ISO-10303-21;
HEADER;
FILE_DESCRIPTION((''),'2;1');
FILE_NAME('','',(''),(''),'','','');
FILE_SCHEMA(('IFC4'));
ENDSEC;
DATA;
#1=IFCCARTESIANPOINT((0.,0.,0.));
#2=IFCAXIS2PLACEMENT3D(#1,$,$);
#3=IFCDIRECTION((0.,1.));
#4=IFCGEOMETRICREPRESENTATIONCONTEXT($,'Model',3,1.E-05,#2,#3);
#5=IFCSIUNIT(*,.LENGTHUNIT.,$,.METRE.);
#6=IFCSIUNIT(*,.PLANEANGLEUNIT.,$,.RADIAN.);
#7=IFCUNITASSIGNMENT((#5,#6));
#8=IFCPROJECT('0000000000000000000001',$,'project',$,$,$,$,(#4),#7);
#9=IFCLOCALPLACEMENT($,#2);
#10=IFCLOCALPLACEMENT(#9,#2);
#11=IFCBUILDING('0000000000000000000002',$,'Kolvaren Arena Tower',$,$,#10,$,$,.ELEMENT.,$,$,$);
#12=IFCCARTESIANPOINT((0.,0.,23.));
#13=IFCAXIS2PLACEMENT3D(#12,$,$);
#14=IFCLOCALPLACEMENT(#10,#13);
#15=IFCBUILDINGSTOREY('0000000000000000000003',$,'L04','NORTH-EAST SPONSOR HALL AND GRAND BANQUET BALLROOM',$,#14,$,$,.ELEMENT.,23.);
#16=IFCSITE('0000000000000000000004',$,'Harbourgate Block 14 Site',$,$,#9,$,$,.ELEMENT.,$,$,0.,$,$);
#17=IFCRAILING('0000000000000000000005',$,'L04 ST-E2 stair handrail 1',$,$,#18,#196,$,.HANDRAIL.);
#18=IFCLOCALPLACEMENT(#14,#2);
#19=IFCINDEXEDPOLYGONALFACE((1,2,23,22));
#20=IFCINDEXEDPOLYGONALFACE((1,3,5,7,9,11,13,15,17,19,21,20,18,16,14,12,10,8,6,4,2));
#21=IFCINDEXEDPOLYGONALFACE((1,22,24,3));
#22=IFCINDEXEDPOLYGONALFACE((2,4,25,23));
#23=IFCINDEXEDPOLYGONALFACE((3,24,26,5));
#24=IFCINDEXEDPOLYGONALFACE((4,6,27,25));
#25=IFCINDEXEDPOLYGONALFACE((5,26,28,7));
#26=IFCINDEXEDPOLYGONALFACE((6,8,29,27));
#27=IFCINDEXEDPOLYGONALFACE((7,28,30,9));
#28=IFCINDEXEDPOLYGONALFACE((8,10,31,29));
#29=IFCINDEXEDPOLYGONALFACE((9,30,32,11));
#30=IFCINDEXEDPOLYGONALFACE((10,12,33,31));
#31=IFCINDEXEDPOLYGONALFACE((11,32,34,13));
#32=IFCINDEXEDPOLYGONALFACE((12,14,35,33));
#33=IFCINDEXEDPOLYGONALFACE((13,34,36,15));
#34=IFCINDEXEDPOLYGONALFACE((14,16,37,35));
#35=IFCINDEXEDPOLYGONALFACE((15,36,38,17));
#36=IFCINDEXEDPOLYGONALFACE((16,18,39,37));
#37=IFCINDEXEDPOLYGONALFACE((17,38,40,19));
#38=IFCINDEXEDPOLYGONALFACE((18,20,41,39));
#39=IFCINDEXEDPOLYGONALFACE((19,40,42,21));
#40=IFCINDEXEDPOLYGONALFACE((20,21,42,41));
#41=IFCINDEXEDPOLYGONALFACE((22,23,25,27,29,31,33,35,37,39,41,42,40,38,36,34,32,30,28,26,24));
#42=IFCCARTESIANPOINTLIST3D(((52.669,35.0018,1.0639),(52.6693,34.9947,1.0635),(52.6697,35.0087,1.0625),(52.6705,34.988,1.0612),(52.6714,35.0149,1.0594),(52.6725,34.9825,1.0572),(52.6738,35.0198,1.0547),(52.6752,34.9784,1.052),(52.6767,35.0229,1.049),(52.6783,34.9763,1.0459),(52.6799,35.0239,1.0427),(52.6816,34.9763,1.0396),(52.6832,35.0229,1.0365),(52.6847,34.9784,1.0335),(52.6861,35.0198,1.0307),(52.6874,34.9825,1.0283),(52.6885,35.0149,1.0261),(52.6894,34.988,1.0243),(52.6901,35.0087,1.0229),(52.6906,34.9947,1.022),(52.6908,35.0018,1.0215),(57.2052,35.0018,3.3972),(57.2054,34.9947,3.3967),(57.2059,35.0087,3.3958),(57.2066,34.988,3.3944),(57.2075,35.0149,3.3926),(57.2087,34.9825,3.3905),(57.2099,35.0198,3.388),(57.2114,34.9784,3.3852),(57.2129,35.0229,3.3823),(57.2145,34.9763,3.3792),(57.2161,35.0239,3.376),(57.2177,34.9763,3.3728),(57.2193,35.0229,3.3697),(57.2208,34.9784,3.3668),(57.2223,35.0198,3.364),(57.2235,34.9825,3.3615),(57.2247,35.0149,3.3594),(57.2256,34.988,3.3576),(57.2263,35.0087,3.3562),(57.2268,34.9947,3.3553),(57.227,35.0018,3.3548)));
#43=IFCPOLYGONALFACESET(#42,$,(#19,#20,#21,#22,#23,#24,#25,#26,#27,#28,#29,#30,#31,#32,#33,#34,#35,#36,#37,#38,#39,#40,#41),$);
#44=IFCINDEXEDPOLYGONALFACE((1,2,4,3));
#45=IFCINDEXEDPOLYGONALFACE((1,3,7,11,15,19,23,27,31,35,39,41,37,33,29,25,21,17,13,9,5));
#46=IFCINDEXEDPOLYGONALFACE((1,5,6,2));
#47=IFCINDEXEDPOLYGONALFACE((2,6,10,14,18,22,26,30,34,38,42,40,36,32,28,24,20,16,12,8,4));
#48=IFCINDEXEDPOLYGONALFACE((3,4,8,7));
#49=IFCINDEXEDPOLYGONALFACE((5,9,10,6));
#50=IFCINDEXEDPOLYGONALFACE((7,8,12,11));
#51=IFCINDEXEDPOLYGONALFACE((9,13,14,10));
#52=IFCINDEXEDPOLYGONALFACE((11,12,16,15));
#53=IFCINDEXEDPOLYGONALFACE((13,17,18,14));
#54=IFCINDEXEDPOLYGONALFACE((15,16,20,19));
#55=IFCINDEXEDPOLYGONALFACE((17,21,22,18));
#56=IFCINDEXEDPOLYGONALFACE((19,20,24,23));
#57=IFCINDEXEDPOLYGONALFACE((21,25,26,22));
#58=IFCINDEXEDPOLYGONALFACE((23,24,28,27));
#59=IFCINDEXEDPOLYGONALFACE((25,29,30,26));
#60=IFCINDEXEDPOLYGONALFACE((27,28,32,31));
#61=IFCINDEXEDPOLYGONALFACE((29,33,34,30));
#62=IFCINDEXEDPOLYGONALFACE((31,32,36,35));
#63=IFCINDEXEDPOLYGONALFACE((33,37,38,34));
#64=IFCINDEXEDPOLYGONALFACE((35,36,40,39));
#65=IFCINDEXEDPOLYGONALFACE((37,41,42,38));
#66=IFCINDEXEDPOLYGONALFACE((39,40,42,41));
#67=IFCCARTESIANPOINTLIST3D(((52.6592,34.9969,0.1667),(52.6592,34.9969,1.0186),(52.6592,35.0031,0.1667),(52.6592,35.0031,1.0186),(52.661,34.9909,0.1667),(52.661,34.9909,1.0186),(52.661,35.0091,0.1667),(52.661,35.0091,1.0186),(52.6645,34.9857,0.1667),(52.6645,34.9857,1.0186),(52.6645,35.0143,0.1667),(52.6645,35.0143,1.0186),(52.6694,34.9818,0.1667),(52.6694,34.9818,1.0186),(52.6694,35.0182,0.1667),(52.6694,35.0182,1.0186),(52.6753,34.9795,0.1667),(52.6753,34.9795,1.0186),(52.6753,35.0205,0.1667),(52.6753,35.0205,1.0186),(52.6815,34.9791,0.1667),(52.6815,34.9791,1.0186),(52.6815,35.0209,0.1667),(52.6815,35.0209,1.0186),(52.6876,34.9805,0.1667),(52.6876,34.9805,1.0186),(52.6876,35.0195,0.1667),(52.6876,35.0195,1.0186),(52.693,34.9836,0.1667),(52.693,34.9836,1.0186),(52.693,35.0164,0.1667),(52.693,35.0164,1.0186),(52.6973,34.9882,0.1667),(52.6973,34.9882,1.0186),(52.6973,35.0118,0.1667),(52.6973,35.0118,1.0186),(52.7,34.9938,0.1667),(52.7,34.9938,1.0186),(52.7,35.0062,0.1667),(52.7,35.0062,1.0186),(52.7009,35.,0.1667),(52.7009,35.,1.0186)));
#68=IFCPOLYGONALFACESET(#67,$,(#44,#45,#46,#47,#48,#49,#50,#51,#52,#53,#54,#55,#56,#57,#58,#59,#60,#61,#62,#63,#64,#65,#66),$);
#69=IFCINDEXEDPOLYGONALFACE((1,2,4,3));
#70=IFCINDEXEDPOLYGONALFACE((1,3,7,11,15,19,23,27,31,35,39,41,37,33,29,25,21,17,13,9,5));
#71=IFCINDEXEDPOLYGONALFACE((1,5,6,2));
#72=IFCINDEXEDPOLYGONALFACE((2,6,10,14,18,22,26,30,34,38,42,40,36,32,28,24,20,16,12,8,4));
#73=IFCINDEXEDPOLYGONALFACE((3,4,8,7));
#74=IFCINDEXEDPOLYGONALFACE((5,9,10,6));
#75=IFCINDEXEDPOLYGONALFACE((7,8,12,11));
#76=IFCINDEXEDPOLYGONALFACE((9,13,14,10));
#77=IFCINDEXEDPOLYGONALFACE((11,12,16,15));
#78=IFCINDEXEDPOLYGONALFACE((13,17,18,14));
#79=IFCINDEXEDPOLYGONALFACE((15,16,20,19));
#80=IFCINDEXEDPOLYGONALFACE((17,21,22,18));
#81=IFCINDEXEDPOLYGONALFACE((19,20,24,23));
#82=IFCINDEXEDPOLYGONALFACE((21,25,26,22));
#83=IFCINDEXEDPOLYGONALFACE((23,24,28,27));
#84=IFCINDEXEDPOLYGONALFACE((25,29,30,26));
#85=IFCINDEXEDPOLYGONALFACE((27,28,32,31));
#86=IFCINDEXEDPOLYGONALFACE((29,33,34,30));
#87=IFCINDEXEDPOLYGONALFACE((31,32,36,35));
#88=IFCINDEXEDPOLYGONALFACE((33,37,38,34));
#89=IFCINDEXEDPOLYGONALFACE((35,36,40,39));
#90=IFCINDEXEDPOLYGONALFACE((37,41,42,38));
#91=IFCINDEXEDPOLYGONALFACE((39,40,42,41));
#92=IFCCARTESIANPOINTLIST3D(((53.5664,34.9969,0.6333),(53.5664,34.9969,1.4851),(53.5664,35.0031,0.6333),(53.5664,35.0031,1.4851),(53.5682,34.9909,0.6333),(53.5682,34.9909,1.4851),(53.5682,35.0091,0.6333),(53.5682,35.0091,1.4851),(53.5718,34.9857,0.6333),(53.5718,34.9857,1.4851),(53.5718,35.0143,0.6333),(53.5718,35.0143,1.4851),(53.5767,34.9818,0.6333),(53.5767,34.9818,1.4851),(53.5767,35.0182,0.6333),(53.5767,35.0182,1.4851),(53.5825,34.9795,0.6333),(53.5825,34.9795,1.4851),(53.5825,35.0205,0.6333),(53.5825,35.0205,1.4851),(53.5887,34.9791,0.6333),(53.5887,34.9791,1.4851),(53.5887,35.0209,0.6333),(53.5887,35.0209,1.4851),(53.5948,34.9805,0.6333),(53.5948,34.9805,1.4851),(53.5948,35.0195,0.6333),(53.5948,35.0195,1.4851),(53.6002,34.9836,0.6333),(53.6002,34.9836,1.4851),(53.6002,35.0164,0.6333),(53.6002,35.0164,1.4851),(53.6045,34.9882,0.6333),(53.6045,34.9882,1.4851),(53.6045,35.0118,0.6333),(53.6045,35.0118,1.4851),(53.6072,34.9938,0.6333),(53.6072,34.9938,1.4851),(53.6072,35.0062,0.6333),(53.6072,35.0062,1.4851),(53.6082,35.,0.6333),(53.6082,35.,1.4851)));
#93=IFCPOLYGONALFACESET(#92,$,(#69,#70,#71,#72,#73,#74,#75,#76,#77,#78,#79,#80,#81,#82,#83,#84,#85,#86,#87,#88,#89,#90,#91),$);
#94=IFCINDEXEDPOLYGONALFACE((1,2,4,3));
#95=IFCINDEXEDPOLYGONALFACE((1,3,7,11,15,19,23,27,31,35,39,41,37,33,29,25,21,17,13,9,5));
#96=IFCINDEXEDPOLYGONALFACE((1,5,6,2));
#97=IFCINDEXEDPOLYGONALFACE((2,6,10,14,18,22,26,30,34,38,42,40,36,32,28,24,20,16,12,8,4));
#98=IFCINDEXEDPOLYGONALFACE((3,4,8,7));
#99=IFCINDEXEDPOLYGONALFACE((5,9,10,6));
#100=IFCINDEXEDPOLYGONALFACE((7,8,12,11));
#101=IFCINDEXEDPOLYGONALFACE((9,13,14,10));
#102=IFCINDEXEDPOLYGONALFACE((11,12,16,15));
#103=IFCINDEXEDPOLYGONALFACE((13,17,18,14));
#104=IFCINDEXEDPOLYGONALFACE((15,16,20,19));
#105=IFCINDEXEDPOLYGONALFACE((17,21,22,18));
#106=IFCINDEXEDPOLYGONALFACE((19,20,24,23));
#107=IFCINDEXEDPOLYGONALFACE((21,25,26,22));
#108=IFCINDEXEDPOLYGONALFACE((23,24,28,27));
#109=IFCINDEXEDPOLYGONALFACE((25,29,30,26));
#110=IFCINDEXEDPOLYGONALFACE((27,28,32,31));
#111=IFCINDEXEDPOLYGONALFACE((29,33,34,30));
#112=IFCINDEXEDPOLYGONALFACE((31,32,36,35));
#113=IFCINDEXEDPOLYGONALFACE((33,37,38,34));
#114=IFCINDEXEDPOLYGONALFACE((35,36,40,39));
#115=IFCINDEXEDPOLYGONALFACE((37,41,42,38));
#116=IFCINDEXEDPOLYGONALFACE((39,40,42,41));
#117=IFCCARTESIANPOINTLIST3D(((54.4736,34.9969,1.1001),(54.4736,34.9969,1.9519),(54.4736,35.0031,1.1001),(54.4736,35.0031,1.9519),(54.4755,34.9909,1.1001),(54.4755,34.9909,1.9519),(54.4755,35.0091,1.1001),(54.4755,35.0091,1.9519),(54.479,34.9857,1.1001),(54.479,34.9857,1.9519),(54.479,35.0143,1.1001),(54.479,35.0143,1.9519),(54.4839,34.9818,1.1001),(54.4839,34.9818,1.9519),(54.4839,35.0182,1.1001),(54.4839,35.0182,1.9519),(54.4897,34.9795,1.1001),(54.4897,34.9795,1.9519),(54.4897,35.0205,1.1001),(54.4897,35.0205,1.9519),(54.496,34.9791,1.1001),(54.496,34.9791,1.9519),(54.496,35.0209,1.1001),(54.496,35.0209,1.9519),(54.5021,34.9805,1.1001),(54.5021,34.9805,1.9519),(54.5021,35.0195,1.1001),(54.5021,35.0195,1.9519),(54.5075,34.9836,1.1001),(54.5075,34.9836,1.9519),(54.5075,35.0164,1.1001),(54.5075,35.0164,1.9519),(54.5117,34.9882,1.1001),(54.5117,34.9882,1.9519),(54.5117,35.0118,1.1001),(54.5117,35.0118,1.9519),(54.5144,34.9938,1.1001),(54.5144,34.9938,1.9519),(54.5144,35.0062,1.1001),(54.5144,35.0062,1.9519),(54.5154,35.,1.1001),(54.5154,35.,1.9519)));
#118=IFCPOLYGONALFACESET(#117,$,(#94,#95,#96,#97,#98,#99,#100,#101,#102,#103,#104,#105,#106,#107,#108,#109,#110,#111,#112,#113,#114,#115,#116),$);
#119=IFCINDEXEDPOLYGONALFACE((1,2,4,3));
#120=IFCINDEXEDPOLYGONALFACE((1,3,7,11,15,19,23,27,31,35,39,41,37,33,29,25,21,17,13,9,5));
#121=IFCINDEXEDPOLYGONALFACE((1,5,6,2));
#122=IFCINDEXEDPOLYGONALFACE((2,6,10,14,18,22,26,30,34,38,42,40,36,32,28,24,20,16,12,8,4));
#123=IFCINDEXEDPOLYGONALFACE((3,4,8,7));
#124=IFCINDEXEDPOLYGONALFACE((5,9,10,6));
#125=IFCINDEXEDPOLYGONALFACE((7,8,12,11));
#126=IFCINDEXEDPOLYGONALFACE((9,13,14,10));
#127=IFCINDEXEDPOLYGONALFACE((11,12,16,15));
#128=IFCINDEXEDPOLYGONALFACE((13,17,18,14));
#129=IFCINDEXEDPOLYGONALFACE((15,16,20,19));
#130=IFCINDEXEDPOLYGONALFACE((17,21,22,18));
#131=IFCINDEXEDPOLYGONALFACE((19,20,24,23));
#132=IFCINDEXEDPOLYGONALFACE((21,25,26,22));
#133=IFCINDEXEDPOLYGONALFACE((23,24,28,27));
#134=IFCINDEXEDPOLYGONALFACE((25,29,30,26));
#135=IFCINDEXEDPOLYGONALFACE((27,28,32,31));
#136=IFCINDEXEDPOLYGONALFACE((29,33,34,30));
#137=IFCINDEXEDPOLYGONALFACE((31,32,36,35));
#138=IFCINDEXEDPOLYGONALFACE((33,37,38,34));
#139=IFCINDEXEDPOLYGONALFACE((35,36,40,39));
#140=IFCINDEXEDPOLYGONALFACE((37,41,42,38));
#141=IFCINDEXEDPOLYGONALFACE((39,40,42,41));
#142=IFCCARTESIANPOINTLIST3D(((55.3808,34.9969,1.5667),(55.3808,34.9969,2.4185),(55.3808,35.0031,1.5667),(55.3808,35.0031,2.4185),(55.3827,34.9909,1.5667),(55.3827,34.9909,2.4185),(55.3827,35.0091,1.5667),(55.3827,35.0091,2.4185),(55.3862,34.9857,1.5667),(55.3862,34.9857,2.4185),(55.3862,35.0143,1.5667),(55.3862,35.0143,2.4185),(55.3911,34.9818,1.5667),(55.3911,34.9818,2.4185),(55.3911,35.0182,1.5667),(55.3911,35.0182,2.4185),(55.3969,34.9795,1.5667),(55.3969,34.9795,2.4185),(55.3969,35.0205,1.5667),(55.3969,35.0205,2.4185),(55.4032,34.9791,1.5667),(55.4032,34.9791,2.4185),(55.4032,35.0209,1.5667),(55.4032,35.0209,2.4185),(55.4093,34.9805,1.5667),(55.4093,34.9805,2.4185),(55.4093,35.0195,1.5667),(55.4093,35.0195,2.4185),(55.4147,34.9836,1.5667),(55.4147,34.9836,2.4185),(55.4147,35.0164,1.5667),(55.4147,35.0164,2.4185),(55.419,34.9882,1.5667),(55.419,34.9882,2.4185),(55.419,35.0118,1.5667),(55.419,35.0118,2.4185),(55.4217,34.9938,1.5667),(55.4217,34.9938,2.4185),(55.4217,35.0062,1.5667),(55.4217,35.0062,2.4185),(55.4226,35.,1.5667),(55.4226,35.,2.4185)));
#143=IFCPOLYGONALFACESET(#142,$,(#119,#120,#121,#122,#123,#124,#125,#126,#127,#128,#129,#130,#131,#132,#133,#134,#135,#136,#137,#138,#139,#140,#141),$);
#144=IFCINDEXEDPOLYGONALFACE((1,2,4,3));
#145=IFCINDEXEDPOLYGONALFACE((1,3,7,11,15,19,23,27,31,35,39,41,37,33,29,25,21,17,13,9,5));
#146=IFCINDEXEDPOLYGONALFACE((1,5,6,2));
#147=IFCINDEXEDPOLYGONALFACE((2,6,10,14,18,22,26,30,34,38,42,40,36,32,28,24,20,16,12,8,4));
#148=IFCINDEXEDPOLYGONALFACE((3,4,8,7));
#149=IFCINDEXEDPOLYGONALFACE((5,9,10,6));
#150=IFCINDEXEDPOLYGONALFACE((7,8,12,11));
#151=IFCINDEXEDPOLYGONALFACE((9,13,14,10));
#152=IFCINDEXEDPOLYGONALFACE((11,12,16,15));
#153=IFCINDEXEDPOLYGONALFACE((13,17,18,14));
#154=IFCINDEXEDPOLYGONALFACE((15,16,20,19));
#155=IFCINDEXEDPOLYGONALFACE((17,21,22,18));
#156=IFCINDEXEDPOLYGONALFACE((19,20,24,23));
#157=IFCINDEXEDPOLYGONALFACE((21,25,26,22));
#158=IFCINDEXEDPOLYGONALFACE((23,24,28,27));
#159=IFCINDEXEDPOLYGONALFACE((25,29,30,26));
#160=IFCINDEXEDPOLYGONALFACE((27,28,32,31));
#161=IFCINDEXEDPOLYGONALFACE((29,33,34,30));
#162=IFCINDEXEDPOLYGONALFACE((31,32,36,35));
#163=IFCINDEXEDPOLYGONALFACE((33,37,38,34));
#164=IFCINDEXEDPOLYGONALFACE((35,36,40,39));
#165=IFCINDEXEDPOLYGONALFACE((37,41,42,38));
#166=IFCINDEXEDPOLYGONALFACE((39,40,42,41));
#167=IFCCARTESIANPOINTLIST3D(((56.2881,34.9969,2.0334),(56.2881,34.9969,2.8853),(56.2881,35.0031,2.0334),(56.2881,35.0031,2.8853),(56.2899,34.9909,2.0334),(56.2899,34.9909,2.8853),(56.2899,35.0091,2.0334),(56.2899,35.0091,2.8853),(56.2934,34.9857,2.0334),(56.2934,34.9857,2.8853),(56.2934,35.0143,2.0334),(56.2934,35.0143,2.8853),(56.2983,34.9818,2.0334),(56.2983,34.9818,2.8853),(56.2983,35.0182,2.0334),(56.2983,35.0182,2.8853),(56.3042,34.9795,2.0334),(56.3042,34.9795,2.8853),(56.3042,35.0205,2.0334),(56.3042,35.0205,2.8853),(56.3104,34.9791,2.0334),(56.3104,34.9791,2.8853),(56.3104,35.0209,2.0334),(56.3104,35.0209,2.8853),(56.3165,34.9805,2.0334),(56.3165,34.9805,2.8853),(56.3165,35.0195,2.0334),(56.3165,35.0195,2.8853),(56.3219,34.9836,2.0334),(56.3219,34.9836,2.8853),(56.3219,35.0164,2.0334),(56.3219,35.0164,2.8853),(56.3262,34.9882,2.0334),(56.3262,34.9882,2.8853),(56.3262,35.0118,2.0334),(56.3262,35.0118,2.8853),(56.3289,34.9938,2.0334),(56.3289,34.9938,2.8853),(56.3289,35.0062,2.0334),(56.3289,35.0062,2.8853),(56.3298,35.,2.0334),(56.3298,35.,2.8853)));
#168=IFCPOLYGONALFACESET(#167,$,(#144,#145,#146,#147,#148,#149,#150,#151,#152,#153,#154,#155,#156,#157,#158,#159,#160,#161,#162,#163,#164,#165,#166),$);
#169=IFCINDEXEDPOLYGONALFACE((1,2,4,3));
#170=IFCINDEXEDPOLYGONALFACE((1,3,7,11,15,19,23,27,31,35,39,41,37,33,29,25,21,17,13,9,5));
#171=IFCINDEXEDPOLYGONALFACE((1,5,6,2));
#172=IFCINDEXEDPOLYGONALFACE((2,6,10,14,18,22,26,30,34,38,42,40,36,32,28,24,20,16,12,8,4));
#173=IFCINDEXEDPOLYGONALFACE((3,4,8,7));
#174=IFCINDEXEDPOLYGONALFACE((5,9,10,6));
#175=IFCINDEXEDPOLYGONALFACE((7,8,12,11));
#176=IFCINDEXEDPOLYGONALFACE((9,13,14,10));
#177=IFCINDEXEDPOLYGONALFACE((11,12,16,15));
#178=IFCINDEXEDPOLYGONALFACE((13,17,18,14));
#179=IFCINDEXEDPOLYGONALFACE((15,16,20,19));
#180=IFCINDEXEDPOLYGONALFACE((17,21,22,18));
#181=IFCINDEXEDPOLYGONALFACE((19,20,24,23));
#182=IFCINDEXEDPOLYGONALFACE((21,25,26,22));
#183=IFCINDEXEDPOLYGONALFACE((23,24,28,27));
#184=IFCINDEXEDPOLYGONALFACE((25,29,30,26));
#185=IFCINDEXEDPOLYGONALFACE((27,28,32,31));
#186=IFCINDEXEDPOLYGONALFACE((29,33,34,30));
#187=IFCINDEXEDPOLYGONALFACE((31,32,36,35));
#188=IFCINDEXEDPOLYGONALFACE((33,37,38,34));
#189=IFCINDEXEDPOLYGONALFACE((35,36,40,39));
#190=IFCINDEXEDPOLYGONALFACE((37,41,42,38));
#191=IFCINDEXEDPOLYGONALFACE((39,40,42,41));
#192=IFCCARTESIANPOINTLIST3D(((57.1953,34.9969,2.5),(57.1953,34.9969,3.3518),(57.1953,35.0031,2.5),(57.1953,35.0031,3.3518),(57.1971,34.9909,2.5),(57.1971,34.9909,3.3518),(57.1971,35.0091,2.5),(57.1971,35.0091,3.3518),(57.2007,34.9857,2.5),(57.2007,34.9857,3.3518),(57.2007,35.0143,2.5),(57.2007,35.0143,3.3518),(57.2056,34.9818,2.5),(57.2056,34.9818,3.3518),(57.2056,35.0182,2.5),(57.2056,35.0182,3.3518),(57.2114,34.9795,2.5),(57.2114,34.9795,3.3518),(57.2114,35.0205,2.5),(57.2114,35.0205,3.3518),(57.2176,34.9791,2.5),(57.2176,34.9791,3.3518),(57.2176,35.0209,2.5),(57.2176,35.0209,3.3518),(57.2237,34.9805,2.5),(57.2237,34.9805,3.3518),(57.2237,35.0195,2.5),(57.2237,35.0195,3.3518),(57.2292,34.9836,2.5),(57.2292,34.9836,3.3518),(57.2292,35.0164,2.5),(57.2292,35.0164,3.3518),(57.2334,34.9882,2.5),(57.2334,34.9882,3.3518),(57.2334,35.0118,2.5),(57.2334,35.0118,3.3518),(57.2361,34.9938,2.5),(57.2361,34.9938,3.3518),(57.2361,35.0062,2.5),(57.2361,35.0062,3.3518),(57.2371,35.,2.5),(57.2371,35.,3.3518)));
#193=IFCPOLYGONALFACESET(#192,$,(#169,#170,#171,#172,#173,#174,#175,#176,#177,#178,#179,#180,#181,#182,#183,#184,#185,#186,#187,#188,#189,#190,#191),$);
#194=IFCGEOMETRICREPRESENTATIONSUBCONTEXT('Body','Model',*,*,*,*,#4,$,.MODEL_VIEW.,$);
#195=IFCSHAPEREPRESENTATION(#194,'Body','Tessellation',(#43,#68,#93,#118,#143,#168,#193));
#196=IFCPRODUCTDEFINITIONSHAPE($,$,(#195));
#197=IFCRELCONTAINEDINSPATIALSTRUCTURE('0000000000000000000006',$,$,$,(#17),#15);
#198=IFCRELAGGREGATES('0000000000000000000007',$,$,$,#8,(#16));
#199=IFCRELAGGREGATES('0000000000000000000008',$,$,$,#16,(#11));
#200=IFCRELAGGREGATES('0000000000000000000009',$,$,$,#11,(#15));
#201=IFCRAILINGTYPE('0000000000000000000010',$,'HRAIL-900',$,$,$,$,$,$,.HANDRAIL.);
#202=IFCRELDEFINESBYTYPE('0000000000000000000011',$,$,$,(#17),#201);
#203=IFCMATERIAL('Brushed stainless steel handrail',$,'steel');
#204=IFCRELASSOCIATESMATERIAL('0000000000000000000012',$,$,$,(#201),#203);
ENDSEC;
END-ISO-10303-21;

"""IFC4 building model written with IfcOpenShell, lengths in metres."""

from ifc_helpers import new_model, si_unit, direction, frame, origin, origin_2d, place, context, subcontext, project, spatial, circle, extrude, material, type_object, element, save


model = new_model("IFC4")

# Units and contexts
model_context = context("Model", 3, precision=1e-05, world=origin(), true_north=direction((0.0, 1.0)))
body_context = subcontext(model_context, "Body", "Model", "MODEL_VIEW")
ifc_project = project(units=[si_unit("LENGTHUNIT", "METRE"), si_unit("PLANEANGLEUNIT", "RADIAN")], contexts=[model_context])

# Site, building, storey
site_placement = place(None, origin())
site = spatial("IfcSite", under=ifc_project, at=site_placement, Name="Harbourgate Block 14 Site", CompositionType="ELEMENT", RefElevation=0.0)
building_placement = place(site_placement, origin())
building = spatial("IfcBuilding", under=site, at=building_placement, Name="Kolvaren Arena Tower", CompositionType="ELEMENT")
storey_placement = place(building_placement, frame((0.0, 0.0, 23.0)))
storey = spatial("IfcBuildingStorey", under=building, at=storey_placement, Name="L04", Description="NORTH-EAST SPONSOR HALL AND GRAND BANQUET BALLROOM", CompositionType="ELEMENT", Elevation=23.0)

# Railing
ifc_material_1 = material(Name="Brushed stainless steel handrail", Category="steel")
railing_type_1 = type_object("IfcRailingType", Name="HRAIL-900", PredefinedType="HANDRAIL", material=ifc_material_1)
for number, where, name in (
    (1, (52.6799, 35.0, 0.1667), "L04 ST-E2 stair handrail 1"),
):
    element("IfcRailing", number, at=place(storey_placement, frame(where)), inside=storey, type_object=railing_type_1, Name=name, PredefinedType="HANDRAIL", context=body_context, shape_type="SweptSolid", body=[
        extrude(circle(Radius=0.0239, at=origin_2d()), frame((0.0, 0.0, 0.876), z_axis=(0.889257, 0.0, 0.457407), x_axis=(0.0, 1.0, 0.0)), (0.0, 0.0, 1.0), 5.1011),
        extrude(circle(Radius=0.021, at=origin_2d()), origin(), (0.0, 0.0, 1.0), 0.8518),
        extrude(circle(Radius=0.021, at=origin_2d()), frame((0.9072, 0.0, 0.4666)), (0.0, 0.0, 1.0), 0.8518),
        extrude(circle(Radius=0.021, at=origin_2d()), frame((1.8145, 0.0, 0.9333)), (0.0, 0.0, 1.0), 0.8518),
        extrude(circle(Radius=0.021, at=origin_2d()), frame((2.7217, 0.0, 1.3999)), (0.0, 0.0, 1.0), 0.8518),
        extrude(circle(Radius=0.021, at=origin_2d()), frame((3.6289, 0.0, 1.8667)), (0.0, 0.0, 1.0), 0.8518),
        extrude(circle(Radius=0.021, at=origin_2d()), frame((4.5361, 0.0, 2.3333)), (0.0, 0.0, 1.0), 0.8518),
    ])

save(model, "model.ifc")
